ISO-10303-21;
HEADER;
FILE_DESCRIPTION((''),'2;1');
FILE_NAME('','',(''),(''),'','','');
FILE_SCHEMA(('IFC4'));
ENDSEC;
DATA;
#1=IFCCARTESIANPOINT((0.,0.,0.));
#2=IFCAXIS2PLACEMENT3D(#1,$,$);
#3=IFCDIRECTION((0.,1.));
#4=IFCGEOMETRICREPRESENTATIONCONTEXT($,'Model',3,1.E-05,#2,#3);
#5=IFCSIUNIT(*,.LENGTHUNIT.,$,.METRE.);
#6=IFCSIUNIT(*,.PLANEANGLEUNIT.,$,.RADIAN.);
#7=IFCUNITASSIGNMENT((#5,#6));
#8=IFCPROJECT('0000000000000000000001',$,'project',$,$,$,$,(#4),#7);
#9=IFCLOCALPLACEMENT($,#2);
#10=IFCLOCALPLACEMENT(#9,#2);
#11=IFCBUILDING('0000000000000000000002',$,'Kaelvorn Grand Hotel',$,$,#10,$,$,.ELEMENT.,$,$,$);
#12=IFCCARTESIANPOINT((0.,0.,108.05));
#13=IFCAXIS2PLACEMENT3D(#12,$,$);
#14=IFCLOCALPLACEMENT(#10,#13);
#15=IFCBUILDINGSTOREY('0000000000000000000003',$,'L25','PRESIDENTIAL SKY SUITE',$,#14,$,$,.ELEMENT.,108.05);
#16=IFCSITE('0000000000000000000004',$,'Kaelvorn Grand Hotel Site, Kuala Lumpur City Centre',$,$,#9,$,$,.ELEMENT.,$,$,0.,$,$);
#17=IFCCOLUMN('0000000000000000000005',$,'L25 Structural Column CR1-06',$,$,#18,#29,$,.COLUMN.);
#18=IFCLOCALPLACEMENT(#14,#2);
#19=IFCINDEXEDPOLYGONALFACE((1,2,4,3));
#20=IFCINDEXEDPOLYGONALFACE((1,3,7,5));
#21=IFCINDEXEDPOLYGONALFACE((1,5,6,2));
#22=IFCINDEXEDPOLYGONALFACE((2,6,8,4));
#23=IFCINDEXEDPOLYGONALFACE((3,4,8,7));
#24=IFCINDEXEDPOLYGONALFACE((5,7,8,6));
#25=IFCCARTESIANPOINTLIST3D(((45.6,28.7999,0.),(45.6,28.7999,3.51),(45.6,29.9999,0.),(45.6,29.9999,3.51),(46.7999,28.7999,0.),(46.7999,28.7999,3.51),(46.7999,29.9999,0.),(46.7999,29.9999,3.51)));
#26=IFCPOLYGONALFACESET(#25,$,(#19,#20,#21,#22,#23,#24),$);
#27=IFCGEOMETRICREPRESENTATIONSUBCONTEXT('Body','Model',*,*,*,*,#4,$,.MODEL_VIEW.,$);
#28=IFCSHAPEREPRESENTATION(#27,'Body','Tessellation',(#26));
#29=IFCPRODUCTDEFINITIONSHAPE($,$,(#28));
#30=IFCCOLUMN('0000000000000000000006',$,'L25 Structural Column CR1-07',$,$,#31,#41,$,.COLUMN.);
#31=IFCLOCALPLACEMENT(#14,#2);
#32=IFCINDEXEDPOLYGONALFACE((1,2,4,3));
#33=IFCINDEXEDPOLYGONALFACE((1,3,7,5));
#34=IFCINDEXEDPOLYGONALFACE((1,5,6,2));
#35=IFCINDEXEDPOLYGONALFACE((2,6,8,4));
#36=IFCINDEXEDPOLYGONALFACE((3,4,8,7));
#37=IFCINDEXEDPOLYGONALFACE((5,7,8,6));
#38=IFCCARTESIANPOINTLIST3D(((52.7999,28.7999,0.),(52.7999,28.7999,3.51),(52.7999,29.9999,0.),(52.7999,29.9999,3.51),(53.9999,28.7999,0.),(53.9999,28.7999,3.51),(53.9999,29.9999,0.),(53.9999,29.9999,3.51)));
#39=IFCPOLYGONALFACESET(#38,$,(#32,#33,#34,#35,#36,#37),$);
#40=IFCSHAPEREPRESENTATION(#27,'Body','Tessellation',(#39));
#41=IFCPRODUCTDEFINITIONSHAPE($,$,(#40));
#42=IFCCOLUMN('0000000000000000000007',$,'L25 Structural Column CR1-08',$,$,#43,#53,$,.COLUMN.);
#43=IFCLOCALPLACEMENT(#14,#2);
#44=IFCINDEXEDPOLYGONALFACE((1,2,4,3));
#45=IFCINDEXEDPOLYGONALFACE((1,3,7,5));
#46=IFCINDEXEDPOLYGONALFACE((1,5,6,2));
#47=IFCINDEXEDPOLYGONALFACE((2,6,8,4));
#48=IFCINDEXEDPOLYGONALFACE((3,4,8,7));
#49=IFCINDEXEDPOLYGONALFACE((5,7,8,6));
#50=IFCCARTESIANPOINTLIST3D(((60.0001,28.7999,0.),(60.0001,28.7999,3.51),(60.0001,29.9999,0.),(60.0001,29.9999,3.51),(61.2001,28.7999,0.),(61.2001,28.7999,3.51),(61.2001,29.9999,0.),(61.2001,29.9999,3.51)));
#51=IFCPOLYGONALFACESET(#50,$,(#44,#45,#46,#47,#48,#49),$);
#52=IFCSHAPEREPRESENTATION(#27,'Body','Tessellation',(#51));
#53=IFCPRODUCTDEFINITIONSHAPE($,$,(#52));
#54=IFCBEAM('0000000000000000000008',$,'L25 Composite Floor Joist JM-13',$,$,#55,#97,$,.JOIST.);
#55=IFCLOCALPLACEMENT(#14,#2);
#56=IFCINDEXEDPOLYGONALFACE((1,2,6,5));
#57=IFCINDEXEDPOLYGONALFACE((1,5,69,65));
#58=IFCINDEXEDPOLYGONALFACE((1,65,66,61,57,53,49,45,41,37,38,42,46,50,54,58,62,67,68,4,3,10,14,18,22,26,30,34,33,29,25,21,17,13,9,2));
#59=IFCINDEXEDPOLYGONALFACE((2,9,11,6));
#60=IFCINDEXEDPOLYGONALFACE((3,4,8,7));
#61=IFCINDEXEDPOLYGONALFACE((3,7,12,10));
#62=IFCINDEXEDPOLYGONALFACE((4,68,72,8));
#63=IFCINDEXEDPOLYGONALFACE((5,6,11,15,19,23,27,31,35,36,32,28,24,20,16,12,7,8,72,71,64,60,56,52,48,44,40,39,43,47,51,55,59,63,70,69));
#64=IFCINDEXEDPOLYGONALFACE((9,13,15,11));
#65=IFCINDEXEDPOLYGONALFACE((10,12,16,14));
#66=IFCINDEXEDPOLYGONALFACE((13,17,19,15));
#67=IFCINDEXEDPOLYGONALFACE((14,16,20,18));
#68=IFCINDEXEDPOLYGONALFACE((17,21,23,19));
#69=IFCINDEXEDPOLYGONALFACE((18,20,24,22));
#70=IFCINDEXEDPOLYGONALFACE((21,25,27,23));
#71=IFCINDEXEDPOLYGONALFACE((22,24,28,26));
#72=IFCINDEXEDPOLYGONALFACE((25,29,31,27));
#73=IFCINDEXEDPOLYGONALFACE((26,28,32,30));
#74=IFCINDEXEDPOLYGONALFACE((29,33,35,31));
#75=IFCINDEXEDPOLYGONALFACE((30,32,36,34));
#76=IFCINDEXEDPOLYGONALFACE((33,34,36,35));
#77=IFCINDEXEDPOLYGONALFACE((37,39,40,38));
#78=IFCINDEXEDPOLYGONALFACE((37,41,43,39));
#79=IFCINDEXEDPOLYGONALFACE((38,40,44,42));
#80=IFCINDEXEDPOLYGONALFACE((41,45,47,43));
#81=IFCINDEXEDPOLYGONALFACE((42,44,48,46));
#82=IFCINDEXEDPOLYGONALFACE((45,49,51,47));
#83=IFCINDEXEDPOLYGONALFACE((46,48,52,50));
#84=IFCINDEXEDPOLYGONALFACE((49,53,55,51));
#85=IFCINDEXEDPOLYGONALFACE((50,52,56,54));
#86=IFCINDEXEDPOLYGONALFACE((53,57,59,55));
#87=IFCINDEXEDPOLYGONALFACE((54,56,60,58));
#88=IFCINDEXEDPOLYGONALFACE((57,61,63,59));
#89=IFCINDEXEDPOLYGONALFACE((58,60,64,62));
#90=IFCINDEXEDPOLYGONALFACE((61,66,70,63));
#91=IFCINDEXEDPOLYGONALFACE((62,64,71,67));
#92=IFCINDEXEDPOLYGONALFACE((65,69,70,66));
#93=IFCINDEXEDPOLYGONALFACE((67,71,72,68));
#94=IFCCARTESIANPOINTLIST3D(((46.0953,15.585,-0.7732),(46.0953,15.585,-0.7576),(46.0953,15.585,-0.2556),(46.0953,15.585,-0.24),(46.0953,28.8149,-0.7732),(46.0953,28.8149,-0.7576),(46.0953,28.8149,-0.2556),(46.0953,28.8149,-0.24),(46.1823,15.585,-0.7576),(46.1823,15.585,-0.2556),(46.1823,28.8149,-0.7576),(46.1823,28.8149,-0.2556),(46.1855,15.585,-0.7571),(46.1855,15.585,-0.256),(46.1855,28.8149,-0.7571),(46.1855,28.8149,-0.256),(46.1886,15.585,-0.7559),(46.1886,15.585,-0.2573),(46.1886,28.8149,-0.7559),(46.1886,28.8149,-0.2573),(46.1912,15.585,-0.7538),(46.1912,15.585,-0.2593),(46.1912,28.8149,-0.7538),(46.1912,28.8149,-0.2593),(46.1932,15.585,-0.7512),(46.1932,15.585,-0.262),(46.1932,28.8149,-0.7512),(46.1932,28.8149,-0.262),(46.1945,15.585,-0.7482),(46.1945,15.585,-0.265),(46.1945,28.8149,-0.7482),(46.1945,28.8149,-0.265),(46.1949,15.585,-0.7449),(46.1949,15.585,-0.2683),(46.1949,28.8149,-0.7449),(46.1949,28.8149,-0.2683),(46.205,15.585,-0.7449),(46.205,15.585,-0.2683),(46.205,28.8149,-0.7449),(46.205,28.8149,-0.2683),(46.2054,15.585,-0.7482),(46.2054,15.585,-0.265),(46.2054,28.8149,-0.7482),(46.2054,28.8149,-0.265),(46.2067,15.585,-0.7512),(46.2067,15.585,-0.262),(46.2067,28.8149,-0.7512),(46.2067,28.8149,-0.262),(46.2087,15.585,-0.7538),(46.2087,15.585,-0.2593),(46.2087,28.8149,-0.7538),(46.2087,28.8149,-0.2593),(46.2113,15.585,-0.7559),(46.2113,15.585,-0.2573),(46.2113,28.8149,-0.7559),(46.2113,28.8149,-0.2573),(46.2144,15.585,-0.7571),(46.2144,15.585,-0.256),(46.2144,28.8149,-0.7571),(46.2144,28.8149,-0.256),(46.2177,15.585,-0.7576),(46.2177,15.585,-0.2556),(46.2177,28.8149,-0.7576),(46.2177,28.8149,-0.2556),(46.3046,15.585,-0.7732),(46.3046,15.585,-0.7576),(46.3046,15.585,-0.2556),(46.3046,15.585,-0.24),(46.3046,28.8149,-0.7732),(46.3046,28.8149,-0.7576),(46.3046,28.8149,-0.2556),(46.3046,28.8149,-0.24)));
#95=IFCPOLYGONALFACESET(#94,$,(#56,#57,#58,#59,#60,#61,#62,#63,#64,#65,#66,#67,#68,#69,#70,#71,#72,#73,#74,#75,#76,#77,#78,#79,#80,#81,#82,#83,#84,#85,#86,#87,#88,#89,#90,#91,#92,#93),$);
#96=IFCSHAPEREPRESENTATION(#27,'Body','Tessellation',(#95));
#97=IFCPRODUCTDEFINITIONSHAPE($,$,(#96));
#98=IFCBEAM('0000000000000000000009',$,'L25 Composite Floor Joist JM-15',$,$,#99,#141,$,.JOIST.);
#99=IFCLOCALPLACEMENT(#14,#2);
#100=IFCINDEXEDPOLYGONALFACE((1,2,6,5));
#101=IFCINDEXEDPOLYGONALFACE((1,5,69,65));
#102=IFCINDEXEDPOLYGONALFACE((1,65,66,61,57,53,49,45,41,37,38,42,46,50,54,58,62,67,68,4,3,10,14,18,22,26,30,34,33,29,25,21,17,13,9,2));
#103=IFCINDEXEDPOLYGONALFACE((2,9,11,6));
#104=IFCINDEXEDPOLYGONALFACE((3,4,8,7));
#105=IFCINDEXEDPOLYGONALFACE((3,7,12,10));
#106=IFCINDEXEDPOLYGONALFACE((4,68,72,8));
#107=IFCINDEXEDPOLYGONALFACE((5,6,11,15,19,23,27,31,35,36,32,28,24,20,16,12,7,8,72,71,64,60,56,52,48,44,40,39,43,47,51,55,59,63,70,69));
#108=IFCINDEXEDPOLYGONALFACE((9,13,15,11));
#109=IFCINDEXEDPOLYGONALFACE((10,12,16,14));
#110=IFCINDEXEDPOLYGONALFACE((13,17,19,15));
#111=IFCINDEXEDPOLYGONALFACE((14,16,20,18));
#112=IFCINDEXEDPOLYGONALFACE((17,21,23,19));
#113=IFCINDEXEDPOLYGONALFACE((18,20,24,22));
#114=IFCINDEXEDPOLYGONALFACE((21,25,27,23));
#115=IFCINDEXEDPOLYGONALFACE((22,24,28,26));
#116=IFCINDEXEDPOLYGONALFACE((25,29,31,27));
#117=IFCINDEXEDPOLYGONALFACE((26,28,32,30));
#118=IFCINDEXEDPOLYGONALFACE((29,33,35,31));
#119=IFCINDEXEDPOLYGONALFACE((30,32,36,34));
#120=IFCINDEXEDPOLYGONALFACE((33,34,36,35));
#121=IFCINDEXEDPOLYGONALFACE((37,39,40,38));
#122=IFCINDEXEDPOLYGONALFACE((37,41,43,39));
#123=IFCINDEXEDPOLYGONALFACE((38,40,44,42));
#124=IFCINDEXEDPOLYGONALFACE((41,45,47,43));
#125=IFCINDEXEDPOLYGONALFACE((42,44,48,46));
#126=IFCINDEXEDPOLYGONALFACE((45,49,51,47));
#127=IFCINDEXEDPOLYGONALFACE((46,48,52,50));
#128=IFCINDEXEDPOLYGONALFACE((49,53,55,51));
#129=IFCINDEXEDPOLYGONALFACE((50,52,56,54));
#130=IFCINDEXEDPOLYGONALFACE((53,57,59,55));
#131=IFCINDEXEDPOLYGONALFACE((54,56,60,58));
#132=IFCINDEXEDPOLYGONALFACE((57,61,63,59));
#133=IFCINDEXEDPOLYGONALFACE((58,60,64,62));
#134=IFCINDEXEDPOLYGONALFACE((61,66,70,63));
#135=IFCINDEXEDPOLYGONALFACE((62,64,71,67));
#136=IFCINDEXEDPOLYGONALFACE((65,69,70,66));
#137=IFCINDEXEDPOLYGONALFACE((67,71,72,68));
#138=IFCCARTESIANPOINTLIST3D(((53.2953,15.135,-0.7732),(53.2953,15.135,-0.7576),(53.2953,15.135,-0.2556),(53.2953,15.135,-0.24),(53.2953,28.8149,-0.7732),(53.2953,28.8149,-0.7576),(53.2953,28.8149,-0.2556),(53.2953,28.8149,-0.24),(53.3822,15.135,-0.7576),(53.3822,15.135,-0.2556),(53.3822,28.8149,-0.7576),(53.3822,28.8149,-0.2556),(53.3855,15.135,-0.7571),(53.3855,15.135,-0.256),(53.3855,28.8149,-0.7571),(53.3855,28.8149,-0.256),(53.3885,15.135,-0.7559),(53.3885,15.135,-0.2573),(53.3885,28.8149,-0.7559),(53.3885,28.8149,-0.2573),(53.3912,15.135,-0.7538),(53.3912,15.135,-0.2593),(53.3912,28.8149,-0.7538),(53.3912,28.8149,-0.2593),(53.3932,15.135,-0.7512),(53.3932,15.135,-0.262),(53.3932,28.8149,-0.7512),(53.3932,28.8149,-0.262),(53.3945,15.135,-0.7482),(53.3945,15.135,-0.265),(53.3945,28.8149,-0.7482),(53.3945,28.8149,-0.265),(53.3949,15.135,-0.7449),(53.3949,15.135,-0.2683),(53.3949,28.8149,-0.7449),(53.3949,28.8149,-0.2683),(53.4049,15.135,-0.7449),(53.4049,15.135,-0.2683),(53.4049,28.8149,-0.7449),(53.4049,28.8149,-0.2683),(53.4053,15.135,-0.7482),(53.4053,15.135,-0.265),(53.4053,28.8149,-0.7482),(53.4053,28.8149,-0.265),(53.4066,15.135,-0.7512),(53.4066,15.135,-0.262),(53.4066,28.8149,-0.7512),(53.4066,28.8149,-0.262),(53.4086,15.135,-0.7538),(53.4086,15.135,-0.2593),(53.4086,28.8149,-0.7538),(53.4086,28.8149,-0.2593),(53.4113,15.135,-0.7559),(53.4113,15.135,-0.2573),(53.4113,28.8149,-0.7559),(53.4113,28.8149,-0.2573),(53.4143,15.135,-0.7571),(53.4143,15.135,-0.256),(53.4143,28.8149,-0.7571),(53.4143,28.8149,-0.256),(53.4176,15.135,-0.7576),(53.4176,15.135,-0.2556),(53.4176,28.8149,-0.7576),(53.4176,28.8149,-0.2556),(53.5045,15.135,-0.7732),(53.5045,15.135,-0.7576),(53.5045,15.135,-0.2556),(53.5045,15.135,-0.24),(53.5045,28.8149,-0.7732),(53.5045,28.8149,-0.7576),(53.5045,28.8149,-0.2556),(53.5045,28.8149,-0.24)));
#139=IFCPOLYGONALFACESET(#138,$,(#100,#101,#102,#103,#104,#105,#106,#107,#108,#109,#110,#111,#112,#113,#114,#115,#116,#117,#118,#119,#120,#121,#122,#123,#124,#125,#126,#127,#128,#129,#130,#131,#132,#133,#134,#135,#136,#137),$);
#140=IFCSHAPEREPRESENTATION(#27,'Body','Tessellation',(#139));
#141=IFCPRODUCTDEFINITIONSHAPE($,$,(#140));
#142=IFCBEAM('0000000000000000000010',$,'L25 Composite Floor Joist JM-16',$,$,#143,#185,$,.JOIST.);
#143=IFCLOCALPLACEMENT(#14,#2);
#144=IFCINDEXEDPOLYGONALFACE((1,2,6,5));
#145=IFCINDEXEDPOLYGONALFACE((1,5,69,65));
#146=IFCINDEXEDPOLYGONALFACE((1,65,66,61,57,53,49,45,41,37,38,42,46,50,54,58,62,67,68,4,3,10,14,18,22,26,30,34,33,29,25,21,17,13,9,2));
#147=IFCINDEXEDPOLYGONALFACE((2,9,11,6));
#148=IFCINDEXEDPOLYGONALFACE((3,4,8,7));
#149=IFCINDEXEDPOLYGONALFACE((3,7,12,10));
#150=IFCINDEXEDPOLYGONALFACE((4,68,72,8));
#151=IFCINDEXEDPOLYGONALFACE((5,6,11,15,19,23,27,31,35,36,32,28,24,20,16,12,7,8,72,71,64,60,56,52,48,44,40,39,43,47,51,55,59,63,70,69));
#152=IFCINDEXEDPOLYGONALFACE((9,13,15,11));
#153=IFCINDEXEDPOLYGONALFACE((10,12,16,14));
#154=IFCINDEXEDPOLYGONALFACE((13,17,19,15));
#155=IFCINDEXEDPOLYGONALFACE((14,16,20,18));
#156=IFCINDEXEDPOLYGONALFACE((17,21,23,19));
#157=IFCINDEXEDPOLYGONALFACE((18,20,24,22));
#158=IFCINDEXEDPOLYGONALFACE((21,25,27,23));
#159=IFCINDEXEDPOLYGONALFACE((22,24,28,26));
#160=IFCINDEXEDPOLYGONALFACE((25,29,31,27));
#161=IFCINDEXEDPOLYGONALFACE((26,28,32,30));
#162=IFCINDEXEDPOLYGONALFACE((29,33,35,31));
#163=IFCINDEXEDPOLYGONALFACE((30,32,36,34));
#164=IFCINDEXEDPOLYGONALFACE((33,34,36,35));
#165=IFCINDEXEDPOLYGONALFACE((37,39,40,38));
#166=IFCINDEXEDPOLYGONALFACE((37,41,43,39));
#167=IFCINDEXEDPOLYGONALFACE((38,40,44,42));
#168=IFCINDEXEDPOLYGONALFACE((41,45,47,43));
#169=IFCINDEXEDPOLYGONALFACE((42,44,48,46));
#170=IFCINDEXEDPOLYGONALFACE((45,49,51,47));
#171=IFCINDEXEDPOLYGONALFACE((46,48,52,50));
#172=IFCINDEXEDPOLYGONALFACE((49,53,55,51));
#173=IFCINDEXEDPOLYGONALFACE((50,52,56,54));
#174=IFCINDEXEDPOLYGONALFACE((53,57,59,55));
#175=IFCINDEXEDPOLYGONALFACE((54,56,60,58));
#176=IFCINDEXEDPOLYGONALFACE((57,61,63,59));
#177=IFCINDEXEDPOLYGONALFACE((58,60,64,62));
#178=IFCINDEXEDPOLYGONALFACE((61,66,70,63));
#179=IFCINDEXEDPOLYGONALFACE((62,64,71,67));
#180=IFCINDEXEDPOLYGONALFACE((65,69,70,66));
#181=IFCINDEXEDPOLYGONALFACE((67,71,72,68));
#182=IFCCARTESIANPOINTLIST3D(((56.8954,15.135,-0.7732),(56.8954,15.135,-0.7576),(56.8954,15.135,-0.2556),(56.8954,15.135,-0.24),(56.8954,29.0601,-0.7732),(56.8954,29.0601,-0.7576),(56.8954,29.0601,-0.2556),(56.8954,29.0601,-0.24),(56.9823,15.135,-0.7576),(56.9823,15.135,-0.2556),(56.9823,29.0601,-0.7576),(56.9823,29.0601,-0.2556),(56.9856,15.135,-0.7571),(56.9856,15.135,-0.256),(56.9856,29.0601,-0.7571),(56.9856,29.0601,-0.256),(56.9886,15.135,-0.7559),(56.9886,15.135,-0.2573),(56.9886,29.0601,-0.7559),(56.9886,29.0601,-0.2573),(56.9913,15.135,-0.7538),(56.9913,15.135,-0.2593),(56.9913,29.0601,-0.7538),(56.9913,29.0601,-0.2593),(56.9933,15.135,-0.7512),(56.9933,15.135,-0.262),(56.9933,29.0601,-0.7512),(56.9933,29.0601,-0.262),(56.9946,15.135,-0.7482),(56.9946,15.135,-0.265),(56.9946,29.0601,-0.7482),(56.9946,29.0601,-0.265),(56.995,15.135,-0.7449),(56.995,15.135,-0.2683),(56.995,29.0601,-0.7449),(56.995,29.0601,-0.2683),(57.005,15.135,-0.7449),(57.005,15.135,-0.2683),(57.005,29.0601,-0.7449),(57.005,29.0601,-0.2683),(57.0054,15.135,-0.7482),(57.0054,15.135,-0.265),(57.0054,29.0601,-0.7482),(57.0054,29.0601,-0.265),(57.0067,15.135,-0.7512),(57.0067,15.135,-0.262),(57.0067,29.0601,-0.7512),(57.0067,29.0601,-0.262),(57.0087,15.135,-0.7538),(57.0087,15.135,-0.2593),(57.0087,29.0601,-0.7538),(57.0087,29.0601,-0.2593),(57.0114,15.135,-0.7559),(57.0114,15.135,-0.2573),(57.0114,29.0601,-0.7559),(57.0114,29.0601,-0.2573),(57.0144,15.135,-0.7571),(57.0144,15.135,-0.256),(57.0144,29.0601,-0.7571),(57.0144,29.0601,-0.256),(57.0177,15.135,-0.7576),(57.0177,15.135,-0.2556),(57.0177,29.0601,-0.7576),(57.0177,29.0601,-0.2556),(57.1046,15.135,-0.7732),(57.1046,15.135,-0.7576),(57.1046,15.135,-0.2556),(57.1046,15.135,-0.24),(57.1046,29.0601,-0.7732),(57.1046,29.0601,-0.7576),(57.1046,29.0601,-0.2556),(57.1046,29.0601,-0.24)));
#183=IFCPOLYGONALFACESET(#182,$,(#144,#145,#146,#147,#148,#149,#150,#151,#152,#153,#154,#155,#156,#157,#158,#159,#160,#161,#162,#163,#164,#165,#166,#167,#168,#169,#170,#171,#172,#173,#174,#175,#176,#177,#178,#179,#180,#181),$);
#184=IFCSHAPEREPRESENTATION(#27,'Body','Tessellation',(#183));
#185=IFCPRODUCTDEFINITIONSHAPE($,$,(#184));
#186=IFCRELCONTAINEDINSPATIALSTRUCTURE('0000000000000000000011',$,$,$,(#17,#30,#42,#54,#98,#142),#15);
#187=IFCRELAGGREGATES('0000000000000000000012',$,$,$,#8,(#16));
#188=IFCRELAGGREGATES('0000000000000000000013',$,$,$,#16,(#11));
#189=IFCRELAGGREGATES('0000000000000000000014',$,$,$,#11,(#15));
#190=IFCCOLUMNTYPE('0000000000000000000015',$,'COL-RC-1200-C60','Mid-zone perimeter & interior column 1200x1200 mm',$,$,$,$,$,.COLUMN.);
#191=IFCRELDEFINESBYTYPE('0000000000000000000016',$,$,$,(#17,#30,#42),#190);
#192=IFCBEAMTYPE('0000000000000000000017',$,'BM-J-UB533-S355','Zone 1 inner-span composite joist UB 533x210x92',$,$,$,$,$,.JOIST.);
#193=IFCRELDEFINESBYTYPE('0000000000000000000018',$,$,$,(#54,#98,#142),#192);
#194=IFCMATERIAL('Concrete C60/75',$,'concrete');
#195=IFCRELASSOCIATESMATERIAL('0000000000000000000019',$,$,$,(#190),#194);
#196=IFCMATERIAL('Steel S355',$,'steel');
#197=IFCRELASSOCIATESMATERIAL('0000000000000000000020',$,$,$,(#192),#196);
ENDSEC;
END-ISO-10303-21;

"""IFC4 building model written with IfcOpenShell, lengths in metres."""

from ifc_helpers import new_model, si_unit, direction, frame, origin, origin_2d, place, context, subcontext, project, spatial, rectangle, i_section, extrude, material, material_profile, profile_set, type_object, element, save


model = new_model("IFC4")

# Units and contexts
model_context = context("Model", 3, precision=1e-05, world=origin(), true_north=direction((0.0, 1.0)))
body_context = subcontext(model_context, "Body", "Model", "MODEL_VIEW")
ifc_project = project(units=[si_unit("LENGTHUNIT", "METRE"), si_unit("PLANEANGLEUNIT", "RADIAN")], contexts=[model_context])

# Site, building, storey
site_placement = place(None, origin())
site = spatial("IfcSite", under=ifc_project, at=site_placement, Name="Kaelvorn Grand Hotel Site, Kuala Lumpur City Centre", CompositionType="ELEMENT", RefElevation=0.0)
building_placement = place(site_placement, origin())
building = spatial("IfcBuilding", under=site, at=building_placement, Name="Kaelvorn Grand Hotel", CompositionType="ELEMENT")
storey_placement = place(building_placement, frame((0.0, 0.0, 108.05)))
storey = spatial("IfcBuildingStorey", under=building, at=storey_placement, Name="L25", Description="PRESIDENTIAL SKY SUITE", CompositionType="ELEMENT", Elevation=108.05)

# Columns
ifc_material_1 = material(Name="Concrete C60/75", Category="concrete")
ifc_material_profile_1 = material_profile(ifc_material_1, rectangle(XDim=1.2, YDim=1.2, at=origin_2d()), Name="RC COL 1200x1200")
ifc_profile_set_1 = profile_set([ifc_material_profile_1], Name="Concrete C60/75")
column_type = type_object("IfcColumnType", Name="COL-RC-1200-C60", Description="Mid-zone perimeter & interior column 1200x1200 mm", PredefinedType="COLUMN", material=ifc_profile_set_1)
for number, where, z_axis, x_axis, name in (
    (1, (46.2, 29.3999, 0.0), (0.0, 0.0, 1.0), (1.0, 0.0, 0.0), "L25 Structural Column CR1-06"),
    (2, (53.3999, 29.3999, 0.0), (0.0, 0.0, 1.0), (1.0, 0.0, 0.0), "L25 Structural Column CR1-07"),
    (3, (60.6001, 29.3999, 0.0), (0.0, 0.0, 1.0), (1.0, 0.0, 0.0), "L25 Structural Column CR1-08"),
):
    element("IfcColumn", number, at=place(storey_placement, frame(where, z_axis=z_axis, x_axis=x_axis)), inside=storey, type_object=column_type, Name=name, PredefinedType="COLUMN", context=body_context, shape_type="SweptSolid", body=[
        extrude(rectangle(XDim=1.2, YDim=1.2, at=origin_2d()), origin(), (0.0, 0.0, 1.0), 3.51),
    ])

# Beams
ifc_material_2 = material(Name="Steel S355", Category="steel")
ifc_material_profile_2 = material_profile(ifc_material_2, i_section(OverallWidth=0.2092, OverallDepth=0.5332, WebThickness=0.01, FlangeThickness=0.0156, FilletRadius=0.0127, at=origin_2d()), Name="UB 533x210x92")
ifc_profile_set_2 = profile_set([ifc_material_profile_2], Name="Steel S355")
beam_type_1 = type_object("IfcBeamType", Name="BM-J-UB533-S355", Description="Zone 1 inner-span composite joist UB 533x210x92", PredefinedType="JOIST", material=ifc_profile_set_2)
beam_1_placement = place(storey_placement, frame((46.2, 15.585, -0.5066), z_axis=(0.0, 1.0, 0.0), x_axis=(-1.0, 0.0, 0.0)))
element("IfcBeam", 4, at=beam_1_placement, inside=storey, type_object=beam_type_1, Name="L25 Composite Floor Joist JM-13", PredefinedType="JOIST", context=body_context, shape_type="SweptSolid", body=[
    extrude(i_section(OverallWidth=0.2092, OverallDepth=0.5332, WebThickness=0.01, FlangeThickness=0.0156, FilletRadius=0.0127, at=origin_2d()), origin(), (0.0, 0.0, 1.0), 13.23),
])
beam_2_placement = place(storey_placement, frame((53.3999, 15.135, -0.5066), z_axis=(0.0, 1.0, 0.0), x_axis=(-1.0, 0.0, 0.0)))
element("IfcBeam", 5, at=beam_2_placement, inside=storey, type_object=beam_type_1, Name="L25 Composite Floor Joist JM-15", PredefinedType="JOIST", context=body_context, shape_type="SweptSolid", body=[
    extrude(i_section(OverallWidth=0.2092, OverallDepth=0.5332, WebThickness=0.01, FlangeThickness=0.0156, FilletRadius=0.0127, at=origin_2d()), origin(), (0.0, 0.0, 1.0), 13.6799),
])
beam_3_placement = place(storey_placement, frame((57.0, 15.135, -0.5066), z_axis=(0.0, 1.0, 0.0), x_axis=(-1.0, 0.0, 0.0)))
element("IfcBeam", 6, at=beam_3_placement, inside=storey, type_object=beam_type_1, Name="L25 Composite Floor Joist JM-16", PredefinedType="JOIST", context=body_context, shape_type="SweptSolid", body=[
    extrude(i_section(OverallWidth=0.2092, OverallDepth=0.5332, WebThickness=0.01, FlangeThickness=0.0156, FilletRadius=0.0127, at=origin_2d()), origin(), (0.0, 0.0, 1.0), 13.925),
])

save(model, "model.ifc")
